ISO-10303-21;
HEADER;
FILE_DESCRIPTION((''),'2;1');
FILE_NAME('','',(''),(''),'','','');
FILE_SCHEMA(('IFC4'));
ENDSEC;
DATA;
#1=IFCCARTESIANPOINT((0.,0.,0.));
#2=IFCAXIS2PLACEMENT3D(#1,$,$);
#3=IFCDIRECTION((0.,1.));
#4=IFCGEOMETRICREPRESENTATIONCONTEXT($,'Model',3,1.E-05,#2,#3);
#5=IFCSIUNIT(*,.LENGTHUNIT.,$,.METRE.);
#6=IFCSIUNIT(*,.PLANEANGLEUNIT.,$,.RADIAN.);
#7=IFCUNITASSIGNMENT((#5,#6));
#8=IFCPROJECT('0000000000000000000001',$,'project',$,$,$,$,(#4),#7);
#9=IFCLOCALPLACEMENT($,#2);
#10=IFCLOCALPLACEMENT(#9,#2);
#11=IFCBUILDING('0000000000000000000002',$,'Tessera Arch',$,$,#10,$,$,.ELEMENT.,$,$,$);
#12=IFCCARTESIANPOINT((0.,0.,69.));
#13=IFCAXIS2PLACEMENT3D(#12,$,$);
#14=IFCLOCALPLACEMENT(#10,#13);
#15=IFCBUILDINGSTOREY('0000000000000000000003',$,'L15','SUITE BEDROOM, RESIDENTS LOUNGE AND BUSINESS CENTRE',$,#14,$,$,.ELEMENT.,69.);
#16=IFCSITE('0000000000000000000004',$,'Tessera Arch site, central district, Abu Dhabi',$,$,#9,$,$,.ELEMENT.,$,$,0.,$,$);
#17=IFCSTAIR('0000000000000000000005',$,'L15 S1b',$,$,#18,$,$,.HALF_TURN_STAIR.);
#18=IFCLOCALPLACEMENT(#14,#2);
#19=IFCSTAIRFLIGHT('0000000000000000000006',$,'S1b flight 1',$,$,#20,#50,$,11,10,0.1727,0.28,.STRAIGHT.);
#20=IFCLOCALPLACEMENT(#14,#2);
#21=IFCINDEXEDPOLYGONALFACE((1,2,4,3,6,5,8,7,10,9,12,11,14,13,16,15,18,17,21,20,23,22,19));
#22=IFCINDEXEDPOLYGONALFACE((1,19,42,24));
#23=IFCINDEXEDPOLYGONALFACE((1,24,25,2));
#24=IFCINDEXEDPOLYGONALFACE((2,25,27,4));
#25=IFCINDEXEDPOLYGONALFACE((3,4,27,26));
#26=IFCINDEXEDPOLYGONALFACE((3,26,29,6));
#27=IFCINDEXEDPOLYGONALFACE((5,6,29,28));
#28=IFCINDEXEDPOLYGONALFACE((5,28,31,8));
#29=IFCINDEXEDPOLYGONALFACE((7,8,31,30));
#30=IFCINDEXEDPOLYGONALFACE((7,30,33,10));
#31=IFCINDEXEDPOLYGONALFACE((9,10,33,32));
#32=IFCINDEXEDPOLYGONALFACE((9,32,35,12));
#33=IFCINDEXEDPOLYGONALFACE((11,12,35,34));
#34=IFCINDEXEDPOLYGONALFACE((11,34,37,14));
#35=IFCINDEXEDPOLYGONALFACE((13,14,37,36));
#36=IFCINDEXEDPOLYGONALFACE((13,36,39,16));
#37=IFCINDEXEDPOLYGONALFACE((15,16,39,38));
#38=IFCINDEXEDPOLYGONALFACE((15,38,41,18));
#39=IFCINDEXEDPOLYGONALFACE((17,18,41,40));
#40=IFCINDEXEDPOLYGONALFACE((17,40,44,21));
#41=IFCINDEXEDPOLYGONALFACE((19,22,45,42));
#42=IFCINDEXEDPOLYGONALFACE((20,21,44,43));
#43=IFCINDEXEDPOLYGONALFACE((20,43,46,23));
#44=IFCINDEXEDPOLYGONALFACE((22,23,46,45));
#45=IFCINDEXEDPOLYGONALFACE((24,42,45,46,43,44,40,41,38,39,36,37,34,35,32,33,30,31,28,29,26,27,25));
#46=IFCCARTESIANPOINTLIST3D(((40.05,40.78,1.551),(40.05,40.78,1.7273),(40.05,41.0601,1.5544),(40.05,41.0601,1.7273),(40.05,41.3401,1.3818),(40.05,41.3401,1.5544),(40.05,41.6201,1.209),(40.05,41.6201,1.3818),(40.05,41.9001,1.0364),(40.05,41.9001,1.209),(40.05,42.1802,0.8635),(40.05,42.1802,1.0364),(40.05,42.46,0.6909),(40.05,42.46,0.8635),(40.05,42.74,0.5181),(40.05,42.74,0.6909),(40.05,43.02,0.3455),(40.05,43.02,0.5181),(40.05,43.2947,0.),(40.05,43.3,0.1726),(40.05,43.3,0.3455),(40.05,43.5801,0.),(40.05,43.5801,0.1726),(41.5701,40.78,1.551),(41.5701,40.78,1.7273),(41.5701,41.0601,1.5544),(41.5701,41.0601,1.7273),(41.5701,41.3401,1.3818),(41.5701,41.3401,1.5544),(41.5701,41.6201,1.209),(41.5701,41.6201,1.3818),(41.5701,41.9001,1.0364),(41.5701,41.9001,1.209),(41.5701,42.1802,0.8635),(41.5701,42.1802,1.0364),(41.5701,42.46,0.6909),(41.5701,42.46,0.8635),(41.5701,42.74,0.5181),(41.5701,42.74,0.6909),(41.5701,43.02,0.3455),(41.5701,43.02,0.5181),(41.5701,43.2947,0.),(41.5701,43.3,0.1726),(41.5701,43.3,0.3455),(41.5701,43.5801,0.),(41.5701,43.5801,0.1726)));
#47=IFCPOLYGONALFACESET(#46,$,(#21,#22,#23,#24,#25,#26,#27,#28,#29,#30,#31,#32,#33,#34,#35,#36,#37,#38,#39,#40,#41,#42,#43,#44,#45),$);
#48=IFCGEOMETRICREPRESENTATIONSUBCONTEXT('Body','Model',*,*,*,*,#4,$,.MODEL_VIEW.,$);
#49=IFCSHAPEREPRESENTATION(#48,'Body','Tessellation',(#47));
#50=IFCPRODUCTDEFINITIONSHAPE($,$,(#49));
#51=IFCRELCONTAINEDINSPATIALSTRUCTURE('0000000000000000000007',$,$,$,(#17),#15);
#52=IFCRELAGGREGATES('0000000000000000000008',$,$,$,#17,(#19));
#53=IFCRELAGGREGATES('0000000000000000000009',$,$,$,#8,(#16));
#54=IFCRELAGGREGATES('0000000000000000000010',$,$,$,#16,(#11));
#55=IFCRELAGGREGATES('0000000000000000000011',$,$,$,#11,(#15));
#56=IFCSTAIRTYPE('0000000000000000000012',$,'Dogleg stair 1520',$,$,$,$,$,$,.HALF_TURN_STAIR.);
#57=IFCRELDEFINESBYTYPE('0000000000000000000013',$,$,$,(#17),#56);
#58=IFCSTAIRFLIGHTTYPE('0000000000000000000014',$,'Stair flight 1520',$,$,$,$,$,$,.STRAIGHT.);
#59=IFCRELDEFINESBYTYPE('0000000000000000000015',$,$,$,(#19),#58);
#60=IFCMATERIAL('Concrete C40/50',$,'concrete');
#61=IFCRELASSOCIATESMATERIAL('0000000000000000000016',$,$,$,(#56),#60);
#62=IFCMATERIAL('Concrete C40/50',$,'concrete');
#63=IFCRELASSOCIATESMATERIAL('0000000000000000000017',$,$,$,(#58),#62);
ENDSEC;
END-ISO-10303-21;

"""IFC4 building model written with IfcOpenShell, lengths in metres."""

from ifc_helpers import new_model, si_unit, direction, frame, origin, place, context, subcontext, project, spatial, polyline, outline, extrude, material, type_object, element, aggregate, save


model = new_model("IFC4")

# Units and contexts
model_context = context("Model", 3, precision=1e-05, world=origin(), true_north=direction((0.0, 1.0)))
body_context = subcontext(model_context, "Body", "Model", "MODEL_VIEW")
ifc_project = project(units=[si_unit("LENGTHUNIT", "METRE"), si_unit("PLANEANGLEUNIT", "RADIAN")], contexts=[model_context])

# Site, building, storey
site_placement = place(None, origin())
site = spatial("IfcSite", under=ifc_project, at=site_placement, Name="Tessera Arch site, central district, Abu Dhabi", CompositionType="ELEMENT", RefElevation=0.0)
building_placement = place(site_placement, origin())
building = spatial("IfcBuilding", under=site, at=building_placement, Name="Tessera Arch", CompositionType="ELEMENT")
storey_placement = place(building_placement, frame((0.0, 0.0, 69.0)))
storey = spatial("IfcBuildingStorey", under=building, at=storey_placement, Name="L15", Description="SUITE BEDROOM, RESIDENTS LOUNGE AND BUSINESS CENTRE", CompositionType="ELEMENT", Elevation=69.0)

# Shared definitions
ifc_material_1 = material(Name="Concrete C40/50", Category="concrete")
stair_type = type_object("IfcStairType", Name="Dogleg stair 1520", PredefinedType="HALF_TURN_STAIR", material=ifc_material_1)
ifc_material_2 = material(Name="Concrete C40/50", Category="concrete")
stair_flight_type = type_object("IfcStairFlightType", Name="Stair flight 1520", PredefinedType="STRAIGHT", material=ifc_material_2)

# Stair, stair flight
stair_1_placement = place(storey_placement, origin())
stair_1 = element("IfcStair", 1, at=stair_1_placement, inside=storey, type_object=stair_type, Name="L15 S1b", PredefinedType="HALF_TURN_STAIR")
stair_flight_1_placement = place(storey_placement, frame((40.8101, 43.5801, 0.0), z_axis=(0.0, 0.0, 1.0), x_axis=(0.0, -1.0, 0.0)))
stair_flight_1 = element("IfcStairFlight", 2, at=stair_flight_1_placement, type_object=stair_flight_type, Name="S1b flight 1", NumberOfRisers=11, NumberOfTreads=10, PredefinedType="STRAIGHT", RiserHeight=0.1727, TreadLength=0.28, context=body_context, shape_type="SweptSolid", body=[
    extrude(outline(polyline([(0.0, 0.0), (0.0, 0.1726), (0.28, 0.1726), (0.28, 0.3455), (0.5601, 0.3455), (0.5601, 0.5181), (0.8401, 0.5181), (0.8401, 0.6909), (1.1201, 0.6909), (1.1201, 0.8635), (1.3999, 0.8635), (1.3999, 1.0364), (1.6799, 1.0364), (1.6799, 1.209), (1.96, 1.209), (1.96, 1.3818), (2.24, 1.3818), (2.24, 1.5544), (2.52, 1.5544), (2.52, 1.7273), (2.8, 1.7273), (2.8, 1.8999), (2.8, 1.551), (0.2854, 0.0), (0.0, 0.0)])), frame((0.0, 0.76, 0.0), z_axis=(0.0, -1.0, 0.0), x_axis=(1.0, 0.0, 0.0)), (0.0, 0.0, 1.0), 1.52),
])
aggregate(stair_1, [stair_flight_1])

save(model, "model.ifc")
